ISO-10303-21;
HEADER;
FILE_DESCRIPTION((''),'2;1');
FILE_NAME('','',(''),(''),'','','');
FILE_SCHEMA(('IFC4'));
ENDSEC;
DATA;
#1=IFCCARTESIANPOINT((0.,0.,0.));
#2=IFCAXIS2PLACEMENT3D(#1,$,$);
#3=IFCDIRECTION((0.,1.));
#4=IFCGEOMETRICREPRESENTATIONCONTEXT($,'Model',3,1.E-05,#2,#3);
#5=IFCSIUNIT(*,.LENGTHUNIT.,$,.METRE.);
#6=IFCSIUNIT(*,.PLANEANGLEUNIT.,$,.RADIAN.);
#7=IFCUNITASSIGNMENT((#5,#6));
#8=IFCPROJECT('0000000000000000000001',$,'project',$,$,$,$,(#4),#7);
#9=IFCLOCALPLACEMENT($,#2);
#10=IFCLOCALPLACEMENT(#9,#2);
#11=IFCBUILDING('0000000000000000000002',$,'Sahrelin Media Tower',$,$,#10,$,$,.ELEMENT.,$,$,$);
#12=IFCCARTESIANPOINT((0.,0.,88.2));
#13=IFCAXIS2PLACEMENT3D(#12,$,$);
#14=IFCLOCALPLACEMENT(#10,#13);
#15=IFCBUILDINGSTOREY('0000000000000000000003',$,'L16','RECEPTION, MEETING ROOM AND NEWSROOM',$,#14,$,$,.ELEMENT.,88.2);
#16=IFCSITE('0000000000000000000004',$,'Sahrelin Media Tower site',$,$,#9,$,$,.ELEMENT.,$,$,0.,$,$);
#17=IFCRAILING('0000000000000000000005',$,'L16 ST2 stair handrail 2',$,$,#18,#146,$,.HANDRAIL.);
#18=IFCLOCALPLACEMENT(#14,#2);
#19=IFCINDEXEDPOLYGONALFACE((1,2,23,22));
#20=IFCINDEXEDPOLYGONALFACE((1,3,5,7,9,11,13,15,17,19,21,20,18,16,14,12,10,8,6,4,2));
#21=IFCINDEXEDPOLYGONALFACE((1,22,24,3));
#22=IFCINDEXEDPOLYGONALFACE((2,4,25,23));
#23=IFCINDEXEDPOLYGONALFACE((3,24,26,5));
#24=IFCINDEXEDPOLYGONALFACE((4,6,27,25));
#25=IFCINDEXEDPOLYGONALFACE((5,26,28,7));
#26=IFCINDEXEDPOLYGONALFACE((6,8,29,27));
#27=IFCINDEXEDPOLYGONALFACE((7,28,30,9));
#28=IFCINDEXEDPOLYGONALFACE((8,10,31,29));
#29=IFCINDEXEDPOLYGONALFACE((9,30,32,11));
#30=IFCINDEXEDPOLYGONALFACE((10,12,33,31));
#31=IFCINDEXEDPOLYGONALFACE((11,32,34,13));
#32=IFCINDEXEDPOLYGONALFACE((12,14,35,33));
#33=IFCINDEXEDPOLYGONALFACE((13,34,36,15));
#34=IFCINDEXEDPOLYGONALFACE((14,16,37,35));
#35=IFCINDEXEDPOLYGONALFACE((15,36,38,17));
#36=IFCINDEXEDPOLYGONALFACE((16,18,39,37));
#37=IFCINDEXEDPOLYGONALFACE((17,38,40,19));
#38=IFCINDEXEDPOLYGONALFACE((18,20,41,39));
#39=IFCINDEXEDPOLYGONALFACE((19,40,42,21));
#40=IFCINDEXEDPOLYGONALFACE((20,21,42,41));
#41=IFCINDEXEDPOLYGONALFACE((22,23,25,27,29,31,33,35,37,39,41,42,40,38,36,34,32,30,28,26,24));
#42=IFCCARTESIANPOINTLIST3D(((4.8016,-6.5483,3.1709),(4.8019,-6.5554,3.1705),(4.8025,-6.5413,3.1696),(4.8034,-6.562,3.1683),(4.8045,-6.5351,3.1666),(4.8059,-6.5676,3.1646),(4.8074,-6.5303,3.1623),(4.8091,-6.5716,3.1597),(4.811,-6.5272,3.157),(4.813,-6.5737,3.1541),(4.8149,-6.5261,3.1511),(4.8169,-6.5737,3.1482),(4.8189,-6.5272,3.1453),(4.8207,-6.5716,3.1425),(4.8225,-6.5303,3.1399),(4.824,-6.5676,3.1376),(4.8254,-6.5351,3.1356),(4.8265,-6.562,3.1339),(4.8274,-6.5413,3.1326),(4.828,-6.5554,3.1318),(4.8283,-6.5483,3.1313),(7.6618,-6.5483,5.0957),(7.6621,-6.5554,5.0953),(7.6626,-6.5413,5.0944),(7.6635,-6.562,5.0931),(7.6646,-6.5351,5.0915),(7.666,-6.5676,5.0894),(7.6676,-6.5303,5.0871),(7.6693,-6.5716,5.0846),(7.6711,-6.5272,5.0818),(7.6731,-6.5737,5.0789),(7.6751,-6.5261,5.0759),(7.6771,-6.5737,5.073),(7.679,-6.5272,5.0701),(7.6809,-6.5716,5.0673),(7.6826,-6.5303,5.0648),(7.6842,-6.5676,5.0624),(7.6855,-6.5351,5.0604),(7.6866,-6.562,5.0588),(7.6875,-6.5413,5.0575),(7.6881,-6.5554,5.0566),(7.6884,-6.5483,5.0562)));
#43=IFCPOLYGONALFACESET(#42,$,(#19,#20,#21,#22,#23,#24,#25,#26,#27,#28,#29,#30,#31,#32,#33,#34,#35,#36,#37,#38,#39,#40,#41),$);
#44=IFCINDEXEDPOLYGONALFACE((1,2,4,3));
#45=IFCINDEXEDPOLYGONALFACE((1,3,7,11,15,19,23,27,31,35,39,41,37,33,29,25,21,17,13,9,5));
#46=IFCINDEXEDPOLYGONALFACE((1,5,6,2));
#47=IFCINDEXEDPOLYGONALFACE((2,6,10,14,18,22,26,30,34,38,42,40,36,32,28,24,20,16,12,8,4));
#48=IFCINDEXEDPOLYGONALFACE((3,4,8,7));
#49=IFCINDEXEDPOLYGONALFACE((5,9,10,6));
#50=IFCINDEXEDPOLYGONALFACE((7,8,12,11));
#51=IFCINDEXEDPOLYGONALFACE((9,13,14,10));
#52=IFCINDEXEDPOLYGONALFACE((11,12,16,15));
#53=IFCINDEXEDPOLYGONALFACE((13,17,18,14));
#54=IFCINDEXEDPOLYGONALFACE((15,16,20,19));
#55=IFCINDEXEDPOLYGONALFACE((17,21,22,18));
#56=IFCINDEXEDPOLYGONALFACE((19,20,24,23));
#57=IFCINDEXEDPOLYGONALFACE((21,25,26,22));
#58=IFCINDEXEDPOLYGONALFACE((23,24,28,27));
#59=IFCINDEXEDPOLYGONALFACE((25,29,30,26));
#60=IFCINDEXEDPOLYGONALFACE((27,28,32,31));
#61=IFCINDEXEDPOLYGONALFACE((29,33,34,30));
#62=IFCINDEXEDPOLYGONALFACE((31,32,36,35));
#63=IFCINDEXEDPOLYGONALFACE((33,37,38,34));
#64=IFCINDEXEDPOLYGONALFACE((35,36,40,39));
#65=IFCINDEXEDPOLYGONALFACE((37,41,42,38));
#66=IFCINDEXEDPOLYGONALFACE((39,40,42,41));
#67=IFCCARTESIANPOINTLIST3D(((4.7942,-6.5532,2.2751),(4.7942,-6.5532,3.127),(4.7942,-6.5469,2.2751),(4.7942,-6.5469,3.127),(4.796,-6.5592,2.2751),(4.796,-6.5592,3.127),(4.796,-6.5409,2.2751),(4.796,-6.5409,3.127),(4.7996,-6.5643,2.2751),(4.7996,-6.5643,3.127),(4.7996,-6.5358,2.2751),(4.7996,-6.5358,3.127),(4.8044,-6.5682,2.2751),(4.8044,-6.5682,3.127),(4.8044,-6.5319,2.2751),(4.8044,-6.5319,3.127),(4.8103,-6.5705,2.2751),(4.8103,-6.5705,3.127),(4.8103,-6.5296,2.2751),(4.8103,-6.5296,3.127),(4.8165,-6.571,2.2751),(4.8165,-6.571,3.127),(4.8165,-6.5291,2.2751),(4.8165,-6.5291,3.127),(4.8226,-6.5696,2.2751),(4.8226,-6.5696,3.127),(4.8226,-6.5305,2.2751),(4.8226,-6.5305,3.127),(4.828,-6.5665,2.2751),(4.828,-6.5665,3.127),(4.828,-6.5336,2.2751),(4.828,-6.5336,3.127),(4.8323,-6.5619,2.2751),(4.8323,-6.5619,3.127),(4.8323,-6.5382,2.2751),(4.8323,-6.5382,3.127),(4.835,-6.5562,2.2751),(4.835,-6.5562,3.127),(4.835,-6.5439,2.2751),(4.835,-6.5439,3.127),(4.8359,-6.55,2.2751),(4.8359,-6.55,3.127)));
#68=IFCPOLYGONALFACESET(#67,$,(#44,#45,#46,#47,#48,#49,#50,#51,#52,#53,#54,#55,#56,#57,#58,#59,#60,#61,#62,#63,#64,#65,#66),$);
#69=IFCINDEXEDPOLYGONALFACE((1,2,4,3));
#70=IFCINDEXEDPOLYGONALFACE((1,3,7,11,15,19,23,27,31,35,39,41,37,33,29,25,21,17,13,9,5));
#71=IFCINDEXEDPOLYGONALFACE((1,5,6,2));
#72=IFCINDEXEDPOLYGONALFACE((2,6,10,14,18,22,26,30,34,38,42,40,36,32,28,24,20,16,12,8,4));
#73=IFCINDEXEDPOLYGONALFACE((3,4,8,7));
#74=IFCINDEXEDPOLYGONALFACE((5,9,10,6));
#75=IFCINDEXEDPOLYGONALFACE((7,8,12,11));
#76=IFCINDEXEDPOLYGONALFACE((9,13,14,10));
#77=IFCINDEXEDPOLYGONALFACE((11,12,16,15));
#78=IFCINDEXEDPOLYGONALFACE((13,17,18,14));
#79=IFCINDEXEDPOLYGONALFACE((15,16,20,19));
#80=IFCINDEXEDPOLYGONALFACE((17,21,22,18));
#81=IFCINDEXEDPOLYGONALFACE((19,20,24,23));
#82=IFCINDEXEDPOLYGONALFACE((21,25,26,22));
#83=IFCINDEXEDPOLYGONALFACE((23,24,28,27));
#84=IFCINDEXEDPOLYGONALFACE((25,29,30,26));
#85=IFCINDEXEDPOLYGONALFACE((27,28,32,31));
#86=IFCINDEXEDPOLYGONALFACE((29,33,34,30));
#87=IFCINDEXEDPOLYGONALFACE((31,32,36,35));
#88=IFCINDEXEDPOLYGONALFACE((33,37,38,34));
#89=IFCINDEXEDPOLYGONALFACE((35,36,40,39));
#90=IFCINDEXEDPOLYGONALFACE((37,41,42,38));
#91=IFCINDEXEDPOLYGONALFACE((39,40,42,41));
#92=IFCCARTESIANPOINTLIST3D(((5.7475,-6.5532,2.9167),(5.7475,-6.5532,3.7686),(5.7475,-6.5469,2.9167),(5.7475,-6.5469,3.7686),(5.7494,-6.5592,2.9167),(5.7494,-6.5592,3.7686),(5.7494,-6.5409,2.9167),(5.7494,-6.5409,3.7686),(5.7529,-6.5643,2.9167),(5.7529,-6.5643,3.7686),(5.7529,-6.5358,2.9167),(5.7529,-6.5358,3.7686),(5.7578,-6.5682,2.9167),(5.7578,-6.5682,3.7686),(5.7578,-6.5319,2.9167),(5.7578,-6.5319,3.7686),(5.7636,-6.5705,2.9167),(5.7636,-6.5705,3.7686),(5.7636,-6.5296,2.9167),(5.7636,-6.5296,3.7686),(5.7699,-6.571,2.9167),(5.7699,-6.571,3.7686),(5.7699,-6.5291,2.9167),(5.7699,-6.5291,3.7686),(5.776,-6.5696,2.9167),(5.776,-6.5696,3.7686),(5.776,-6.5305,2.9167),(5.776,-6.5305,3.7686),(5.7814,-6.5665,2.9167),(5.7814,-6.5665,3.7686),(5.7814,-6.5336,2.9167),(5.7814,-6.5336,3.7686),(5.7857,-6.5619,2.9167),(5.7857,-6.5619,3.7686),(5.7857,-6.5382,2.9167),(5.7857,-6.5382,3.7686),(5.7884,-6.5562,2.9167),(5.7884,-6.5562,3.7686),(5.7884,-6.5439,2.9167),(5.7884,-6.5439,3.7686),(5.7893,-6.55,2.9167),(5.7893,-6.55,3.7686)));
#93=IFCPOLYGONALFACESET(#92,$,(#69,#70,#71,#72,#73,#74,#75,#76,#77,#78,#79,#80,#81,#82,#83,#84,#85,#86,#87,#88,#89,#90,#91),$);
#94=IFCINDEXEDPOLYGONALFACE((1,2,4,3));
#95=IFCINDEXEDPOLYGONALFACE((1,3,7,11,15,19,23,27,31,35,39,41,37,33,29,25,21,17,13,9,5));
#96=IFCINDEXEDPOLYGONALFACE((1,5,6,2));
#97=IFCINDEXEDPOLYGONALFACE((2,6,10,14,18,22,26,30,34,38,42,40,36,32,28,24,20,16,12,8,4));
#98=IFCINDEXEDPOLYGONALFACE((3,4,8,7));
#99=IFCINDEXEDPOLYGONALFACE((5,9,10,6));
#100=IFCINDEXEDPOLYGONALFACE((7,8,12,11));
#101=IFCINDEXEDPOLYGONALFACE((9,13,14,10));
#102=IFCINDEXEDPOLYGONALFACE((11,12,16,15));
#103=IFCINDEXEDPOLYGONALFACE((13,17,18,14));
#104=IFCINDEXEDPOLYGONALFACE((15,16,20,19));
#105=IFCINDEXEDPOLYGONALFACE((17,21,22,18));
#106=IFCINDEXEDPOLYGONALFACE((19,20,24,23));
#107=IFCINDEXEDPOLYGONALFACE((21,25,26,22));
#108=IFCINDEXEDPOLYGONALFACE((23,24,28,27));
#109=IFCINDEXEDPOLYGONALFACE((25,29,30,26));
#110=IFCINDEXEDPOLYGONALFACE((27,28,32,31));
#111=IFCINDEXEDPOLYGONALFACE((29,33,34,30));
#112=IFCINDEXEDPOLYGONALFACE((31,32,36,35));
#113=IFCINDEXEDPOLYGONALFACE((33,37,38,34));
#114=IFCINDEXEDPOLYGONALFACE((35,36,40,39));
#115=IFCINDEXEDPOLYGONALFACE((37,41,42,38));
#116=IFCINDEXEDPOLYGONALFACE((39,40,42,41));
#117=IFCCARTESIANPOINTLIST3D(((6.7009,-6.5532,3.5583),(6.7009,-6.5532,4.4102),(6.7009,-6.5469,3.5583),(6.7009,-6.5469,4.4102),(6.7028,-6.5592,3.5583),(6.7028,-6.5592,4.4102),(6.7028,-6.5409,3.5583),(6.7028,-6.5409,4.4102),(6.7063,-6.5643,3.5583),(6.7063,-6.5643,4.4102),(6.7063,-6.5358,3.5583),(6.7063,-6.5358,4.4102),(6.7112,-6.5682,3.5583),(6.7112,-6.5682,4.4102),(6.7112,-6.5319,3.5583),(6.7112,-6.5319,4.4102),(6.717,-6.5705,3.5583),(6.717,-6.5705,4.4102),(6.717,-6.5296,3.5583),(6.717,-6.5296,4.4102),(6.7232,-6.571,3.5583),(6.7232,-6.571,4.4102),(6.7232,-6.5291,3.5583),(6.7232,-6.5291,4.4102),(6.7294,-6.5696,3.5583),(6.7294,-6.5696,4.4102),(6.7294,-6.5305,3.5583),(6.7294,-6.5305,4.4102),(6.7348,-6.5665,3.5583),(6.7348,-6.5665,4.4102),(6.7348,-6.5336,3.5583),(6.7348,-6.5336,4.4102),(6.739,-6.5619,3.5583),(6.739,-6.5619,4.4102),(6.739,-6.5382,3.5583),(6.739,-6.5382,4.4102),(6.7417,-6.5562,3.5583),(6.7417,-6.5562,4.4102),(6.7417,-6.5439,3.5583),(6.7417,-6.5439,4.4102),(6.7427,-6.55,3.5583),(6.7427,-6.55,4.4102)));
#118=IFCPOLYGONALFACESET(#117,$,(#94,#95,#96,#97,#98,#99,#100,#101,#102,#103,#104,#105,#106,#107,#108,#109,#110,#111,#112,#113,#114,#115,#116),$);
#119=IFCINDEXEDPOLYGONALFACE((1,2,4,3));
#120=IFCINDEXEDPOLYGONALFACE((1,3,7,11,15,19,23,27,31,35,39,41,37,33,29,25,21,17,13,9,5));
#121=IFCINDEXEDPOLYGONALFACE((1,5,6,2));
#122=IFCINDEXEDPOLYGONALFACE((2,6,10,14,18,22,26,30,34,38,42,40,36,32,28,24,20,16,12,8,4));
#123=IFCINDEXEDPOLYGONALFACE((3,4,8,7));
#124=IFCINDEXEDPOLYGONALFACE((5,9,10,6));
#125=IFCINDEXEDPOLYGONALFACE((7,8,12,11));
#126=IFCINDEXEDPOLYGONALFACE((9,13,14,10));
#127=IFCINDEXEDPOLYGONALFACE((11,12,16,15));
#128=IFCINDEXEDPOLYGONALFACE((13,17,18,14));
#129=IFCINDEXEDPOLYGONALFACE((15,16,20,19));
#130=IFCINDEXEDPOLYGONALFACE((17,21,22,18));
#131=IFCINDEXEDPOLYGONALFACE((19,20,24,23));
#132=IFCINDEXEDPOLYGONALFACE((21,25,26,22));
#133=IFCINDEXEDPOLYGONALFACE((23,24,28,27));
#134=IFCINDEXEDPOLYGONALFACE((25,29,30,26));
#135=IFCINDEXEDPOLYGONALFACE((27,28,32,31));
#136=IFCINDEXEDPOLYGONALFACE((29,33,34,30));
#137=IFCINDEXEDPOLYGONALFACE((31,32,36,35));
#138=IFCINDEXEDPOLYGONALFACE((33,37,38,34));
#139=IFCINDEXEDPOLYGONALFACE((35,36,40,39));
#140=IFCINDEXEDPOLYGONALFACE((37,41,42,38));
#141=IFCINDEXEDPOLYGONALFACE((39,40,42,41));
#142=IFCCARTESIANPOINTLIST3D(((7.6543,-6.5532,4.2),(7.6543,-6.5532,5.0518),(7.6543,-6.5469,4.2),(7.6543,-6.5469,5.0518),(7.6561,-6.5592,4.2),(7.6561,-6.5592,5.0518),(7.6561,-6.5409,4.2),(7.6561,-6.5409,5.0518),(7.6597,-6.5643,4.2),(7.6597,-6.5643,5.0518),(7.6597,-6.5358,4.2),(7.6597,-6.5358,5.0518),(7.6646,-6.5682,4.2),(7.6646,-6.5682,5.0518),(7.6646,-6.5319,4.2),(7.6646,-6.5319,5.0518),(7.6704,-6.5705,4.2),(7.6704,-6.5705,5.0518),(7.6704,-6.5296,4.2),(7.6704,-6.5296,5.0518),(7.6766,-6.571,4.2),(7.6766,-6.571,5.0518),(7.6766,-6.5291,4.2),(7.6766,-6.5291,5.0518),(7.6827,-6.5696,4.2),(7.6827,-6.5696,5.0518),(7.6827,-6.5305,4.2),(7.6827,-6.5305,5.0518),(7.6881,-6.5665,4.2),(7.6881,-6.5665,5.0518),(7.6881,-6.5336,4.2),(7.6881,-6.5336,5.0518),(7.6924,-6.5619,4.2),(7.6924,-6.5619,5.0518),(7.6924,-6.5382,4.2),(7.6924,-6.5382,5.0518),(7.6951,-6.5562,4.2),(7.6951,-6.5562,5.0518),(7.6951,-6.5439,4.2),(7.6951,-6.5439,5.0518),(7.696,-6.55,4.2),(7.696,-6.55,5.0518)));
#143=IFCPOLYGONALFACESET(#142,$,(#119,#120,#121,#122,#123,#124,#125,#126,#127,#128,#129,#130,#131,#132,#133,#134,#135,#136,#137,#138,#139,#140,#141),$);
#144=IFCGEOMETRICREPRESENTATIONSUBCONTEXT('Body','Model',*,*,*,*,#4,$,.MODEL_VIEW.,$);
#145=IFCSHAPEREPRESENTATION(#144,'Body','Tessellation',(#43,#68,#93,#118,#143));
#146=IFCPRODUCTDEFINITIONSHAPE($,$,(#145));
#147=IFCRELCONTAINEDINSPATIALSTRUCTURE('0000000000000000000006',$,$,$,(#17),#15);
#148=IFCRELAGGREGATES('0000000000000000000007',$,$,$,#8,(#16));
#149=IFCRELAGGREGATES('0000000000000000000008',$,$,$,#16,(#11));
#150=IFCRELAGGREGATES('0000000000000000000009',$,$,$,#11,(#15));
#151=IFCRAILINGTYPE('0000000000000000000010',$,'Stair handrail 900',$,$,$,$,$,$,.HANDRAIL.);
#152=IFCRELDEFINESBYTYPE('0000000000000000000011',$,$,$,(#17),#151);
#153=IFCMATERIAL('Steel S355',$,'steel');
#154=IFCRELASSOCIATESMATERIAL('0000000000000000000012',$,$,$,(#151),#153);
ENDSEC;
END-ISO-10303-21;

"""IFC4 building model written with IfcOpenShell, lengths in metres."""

from ifc_helpers import new_model, si_unit, direction, frame, origin, origin_2d, place, context, subcontext, project, spatial, circle, extrude, material, type_object, element, save


model = new_model("IFC4")

# Units and contexts
model_context = context("Model", 3, precision=1e-05, world=origin(), true_north=direction((0.0, 1.0)))
body_context = subcontext(model_context, "Body", "Model", "MODEL_VIEW")
ifc_project = project(units=[si_unit("LENGTHUNIT", "METRE"), si_unit("PLANEANGLEUNIT", "RADIAN")], contexts=[model_context])

# Site, building, storey
site_placement = place(None, origin())
site = spatial("IfcSite", under=ifc_project, at=site_placement, Name="Sahrelin Media Tower site", CompositionType="ELEMENT", RefElevation=0.0)
building_placement = place(site_placement, origin())
building = spatial("IfcBuilding", under=site, at=building_placement, Name="Sahrelin Media Tower", CompositionType="ELEMENT")
storey_placement = place(building_placement, frame((0.0, 0.0, 88.2)))
storey = spatial("IfcBuildingStorey", under=building, at=storey_placement, Name="L16", Description="RECEPTION, MEETING ROOM AND NEWSROOM", CompositionType="ELEMENT", Elevation=88.2)

# Railing
ifc_material_1 = material(Name="Steel S355", Category="steel")
railing_type_1 = type_object("IfcRailingType", Name="Stair handrail 900", PredefinedType="HANDRAIL", material=ifc_material_1)
railing_1_placement = place(storey_placement, frame((4.8149, -6.55, 2.2751)))
element("IfcRailing", 1, at=railing_1_placement, inside=storey, type_object=railing_type_1, Name="L16 ST2 stair handrail 2", PredefinedType="HANDRAIL", context=body_context, shape_type="SweptSolid", body=[
    extrude(circle(Radius=0.0239, at=origin_2d()), frame((0.0, 0.0, 0.876), z_axis=(0.829624, 0.0, 0.558323), x_axis=(0.0, 1.0, 0.0)), (0.0, 0.0, 1.0), 3.4475),
    extrude(circle(Radius=0.021, at=origin_2d()), origin(), (0.0, 0.0, 1.0), 0.8518),
    extrude(circle(Radius=0.021, at=origin_2d()), frame((0.9534, 0.0, 0.6416)), (0.0, 0.0, 1.0), 0.8518),
    extrude(circle(Radius=0.021, at=origin_2d()), frame((1.9067, 0.0, 1.2832)), (0.0, 0.0, 1.0), 0.8518),
    extrude(circle(Radius=0.021, at=origin_2d()), frame((2.8601, 0.0, 1.9248)), (0.0, 0.0, 1.0), 0.8518),
])

save(model, "model.ifc")
